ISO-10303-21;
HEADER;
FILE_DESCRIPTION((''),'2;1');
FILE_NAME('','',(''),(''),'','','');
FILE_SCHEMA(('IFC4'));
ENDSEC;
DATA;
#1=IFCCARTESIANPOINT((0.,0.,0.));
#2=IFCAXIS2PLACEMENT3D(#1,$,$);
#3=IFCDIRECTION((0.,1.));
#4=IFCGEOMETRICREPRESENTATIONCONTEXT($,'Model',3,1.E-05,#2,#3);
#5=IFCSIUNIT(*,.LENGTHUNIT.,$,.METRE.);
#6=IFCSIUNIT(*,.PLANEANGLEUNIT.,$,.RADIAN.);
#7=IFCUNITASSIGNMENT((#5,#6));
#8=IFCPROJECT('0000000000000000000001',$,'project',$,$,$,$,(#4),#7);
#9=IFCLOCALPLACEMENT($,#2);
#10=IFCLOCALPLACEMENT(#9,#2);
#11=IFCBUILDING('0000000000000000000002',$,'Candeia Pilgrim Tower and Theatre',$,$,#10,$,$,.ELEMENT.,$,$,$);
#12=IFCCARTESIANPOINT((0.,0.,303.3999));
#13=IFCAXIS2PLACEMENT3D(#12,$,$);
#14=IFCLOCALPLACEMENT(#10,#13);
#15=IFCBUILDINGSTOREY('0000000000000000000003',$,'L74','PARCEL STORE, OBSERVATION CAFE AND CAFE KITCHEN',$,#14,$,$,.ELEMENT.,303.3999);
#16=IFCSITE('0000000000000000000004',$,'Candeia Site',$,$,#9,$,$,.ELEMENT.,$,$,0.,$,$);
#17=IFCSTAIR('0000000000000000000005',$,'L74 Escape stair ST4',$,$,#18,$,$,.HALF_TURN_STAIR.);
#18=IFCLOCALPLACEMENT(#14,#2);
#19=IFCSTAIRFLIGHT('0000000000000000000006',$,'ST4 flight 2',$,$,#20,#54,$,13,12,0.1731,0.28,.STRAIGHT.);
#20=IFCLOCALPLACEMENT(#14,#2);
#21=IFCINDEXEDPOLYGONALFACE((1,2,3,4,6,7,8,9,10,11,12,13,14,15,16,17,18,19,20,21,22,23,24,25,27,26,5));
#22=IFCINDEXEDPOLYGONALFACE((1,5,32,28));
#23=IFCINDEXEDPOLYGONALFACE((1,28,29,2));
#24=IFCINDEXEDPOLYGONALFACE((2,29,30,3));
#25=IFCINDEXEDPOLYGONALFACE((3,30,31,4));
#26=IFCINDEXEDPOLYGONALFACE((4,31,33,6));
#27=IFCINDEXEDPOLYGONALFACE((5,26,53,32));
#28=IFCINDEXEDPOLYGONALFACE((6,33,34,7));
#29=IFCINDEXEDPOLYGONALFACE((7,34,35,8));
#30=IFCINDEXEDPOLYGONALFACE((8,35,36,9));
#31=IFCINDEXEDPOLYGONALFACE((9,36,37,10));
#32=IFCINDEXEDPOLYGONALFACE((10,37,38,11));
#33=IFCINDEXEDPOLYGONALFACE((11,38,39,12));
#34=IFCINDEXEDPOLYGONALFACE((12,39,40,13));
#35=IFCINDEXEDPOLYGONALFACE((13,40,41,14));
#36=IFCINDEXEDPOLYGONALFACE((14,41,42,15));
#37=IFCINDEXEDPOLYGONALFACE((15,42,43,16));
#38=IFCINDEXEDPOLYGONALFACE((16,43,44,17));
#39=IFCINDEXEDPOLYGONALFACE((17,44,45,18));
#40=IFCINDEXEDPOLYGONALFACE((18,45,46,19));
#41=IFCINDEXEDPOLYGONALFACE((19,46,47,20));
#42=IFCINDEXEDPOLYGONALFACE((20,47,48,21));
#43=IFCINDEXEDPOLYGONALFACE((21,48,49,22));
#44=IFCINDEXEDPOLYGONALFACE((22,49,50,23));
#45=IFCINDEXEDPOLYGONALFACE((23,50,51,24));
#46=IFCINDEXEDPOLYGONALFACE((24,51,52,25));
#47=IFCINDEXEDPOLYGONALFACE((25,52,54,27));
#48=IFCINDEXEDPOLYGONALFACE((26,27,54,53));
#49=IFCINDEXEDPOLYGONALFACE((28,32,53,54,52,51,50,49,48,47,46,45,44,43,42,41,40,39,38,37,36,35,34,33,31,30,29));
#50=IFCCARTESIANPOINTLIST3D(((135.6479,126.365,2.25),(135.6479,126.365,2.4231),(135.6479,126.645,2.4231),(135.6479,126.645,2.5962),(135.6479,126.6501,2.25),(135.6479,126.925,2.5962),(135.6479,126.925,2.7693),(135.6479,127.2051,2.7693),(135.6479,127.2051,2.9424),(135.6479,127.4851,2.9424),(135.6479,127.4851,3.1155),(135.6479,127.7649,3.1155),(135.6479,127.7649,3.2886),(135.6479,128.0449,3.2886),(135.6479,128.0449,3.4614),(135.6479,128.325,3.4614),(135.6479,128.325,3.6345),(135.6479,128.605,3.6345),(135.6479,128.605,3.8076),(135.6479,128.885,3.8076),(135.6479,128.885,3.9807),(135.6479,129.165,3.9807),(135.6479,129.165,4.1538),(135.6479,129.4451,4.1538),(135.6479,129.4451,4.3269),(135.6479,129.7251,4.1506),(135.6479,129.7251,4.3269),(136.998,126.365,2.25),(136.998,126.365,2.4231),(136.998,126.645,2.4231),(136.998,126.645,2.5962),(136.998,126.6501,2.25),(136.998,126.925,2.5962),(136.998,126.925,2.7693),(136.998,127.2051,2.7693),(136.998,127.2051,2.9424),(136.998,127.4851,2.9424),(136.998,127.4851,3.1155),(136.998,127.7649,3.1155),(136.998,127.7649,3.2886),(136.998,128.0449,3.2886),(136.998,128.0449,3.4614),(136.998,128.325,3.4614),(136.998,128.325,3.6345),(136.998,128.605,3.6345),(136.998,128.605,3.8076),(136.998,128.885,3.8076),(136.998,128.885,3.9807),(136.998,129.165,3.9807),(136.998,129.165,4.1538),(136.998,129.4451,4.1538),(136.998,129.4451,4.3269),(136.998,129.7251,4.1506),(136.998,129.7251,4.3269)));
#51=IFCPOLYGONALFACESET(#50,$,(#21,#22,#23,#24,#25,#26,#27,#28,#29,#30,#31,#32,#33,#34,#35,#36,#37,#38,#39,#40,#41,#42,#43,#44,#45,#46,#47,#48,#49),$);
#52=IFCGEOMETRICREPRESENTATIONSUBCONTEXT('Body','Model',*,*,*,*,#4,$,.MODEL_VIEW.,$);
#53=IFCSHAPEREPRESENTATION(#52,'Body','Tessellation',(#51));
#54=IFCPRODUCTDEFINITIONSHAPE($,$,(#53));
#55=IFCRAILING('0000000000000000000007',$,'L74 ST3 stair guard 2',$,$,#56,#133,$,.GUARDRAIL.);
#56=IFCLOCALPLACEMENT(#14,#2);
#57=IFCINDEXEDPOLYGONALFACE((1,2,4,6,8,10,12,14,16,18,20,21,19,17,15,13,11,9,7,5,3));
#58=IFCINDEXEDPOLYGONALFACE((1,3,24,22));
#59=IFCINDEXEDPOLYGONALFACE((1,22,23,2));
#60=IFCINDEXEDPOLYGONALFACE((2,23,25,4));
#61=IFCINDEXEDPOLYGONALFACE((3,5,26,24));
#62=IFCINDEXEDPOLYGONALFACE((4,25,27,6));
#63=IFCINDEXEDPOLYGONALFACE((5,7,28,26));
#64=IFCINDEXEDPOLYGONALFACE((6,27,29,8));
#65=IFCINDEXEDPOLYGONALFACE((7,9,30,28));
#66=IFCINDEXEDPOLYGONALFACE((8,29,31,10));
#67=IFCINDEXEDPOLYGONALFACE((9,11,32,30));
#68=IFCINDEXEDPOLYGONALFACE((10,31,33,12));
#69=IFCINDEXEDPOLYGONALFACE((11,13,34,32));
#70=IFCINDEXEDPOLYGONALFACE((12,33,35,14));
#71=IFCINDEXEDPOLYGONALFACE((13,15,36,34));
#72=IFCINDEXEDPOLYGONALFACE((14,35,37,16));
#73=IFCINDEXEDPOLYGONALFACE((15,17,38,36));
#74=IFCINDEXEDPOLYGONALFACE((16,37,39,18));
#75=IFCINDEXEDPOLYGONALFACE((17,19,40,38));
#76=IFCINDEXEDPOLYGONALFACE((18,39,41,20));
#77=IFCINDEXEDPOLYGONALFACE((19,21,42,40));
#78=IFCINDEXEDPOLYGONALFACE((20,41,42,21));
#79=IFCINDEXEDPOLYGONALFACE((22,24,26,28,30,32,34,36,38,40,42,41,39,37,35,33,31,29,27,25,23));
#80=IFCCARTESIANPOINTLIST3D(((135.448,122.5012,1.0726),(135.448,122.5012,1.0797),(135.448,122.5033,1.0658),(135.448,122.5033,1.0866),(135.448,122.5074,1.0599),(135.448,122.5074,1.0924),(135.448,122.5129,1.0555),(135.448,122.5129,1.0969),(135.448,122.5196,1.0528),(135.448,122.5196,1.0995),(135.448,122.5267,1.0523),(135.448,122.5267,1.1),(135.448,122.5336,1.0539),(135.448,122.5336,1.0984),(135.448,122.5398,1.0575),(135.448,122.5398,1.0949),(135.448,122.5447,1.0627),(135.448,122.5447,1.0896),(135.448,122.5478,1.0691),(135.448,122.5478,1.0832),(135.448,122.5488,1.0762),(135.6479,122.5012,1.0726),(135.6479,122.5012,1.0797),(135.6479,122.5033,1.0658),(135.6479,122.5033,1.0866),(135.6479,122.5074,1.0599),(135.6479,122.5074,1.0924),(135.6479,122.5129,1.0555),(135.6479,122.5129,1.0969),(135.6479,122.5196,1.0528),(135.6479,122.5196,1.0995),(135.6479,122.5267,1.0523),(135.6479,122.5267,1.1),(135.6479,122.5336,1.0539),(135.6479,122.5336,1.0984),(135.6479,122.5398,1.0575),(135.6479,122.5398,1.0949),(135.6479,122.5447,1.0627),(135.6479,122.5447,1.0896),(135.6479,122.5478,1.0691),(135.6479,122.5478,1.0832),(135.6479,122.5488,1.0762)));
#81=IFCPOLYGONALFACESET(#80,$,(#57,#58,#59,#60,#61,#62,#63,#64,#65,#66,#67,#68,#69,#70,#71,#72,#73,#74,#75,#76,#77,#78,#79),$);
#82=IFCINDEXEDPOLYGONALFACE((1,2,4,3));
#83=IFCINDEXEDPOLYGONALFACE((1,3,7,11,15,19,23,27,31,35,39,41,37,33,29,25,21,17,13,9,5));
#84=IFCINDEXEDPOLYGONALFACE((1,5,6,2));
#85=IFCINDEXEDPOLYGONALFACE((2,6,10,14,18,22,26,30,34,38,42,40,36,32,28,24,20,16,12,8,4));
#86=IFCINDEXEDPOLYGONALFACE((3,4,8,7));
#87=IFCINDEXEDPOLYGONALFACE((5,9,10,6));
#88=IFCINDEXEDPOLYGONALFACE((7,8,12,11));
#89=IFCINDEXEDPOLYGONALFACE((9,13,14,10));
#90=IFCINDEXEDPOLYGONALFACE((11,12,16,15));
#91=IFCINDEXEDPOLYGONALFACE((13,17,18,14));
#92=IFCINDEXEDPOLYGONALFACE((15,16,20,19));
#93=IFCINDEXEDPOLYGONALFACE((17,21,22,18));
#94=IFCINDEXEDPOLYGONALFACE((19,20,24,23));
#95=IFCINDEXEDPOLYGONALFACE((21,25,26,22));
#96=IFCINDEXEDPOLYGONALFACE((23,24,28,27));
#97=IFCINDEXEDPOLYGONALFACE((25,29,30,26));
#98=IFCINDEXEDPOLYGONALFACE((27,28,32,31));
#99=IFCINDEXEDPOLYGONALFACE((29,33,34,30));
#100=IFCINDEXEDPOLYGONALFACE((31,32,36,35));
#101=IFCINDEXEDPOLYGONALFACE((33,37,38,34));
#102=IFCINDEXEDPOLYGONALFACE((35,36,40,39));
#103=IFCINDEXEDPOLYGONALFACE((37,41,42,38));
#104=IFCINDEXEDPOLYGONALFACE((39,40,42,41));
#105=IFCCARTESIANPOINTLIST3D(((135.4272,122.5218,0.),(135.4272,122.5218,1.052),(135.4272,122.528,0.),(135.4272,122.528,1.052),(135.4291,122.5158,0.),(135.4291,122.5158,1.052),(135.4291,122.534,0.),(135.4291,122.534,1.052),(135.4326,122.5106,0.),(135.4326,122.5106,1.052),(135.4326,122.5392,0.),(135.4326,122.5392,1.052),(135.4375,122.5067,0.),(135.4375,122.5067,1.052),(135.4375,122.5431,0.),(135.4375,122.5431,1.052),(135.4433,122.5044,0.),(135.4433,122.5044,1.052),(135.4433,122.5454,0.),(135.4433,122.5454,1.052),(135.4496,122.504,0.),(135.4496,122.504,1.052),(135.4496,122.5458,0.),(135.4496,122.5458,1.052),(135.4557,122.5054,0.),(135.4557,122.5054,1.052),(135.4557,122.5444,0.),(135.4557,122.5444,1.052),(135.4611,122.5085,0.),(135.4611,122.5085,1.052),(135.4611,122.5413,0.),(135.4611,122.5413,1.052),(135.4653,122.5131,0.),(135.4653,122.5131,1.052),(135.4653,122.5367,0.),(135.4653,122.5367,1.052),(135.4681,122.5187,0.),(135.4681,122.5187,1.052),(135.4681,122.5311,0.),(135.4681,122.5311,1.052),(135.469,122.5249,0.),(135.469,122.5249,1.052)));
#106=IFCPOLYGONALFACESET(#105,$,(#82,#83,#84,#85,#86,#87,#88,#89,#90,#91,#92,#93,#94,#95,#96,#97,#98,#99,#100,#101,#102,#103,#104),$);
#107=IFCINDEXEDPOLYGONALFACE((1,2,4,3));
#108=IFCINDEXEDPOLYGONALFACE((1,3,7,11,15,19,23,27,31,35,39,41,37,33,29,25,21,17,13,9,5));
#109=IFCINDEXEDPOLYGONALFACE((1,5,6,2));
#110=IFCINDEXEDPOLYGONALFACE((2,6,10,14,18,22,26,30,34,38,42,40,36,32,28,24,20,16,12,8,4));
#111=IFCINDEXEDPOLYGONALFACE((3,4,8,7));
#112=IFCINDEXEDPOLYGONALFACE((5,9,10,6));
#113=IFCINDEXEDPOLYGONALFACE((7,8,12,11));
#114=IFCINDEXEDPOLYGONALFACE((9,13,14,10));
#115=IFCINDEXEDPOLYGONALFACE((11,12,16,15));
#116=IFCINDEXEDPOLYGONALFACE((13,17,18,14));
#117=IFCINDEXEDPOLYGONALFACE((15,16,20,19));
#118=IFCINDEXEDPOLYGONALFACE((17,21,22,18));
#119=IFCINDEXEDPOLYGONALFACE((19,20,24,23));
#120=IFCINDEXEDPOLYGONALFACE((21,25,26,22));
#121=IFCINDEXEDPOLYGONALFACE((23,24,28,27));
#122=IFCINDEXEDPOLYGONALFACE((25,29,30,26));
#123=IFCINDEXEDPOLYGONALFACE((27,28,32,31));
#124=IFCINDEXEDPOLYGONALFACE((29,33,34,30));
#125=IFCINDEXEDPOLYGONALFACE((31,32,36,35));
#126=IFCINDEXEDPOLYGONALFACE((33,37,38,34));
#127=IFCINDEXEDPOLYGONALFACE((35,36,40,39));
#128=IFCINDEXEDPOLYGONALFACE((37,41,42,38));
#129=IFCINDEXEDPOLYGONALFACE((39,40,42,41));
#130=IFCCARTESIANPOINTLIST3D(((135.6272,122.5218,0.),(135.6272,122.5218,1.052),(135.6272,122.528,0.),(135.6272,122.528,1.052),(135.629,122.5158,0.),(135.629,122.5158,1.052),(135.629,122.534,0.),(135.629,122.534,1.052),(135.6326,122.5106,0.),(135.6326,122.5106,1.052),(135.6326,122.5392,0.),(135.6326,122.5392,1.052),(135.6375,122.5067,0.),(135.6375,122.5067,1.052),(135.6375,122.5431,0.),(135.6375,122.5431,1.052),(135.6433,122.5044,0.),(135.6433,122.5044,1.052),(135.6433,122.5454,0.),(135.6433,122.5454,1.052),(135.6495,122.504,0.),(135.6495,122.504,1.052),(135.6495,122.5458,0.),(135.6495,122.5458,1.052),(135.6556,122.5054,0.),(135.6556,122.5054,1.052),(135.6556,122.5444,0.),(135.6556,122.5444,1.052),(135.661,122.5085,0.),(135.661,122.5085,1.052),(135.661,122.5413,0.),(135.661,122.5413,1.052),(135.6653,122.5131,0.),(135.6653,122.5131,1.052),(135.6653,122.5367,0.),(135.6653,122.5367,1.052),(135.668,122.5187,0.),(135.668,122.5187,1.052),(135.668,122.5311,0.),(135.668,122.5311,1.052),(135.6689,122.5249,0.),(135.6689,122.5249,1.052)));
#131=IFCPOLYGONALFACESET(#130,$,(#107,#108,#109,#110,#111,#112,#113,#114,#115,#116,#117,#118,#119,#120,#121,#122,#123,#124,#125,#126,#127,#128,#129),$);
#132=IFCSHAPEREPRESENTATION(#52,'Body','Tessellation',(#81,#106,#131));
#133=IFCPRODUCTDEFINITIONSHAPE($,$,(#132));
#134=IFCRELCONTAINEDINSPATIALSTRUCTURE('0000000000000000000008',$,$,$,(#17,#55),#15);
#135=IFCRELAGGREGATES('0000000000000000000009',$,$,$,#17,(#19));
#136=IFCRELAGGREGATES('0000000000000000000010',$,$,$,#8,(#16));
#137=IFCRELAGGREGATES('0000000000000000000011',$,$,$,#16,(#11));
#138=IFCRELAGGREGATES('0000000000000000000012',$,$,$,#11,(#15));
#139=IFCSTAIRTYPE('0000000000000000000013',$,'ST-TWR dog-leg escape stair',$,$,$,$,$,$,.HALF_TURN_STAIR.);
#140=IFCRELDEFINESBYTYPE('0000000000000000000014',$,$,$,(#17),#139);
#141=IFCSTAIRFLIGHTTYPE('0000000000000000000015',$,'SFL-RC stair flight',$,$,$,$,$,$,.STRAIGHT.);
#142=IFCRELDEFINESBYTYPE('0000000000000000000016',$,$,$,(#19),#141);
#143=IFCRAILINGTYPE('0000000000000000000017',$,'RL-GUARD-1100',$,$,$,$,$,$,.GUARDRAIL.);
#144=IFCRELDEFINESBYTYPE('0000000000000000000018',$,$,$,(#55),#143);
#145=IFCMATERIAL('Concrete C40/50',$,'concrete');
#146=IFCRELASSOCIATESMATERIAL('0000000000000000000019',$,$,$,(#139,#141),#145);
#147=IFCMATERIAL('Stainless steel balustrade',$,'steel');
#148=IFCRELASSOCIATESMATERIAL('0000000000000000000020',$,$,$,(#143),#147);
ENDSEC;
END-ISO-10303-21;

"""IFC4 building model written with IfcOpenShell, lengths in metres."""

from ifc_helpers import new_model, si_unit, direction, frame, origin, origin_2d, place, context, subcontext, project, spatial, polyline, circle, outline, extrude, material, type_object, element, aggregate, save


model = new_model("IFC4")

# Units and contexts
model_context = context("Model", 3, precision=1e-05, world=origin(), true_north=direction((0.0, 1.0)))
body_context = subcontext(model_context, "Body", "Model", "MODEL_VIEW")
ifc_project = project(units=[si_unit("LENGTHUNIT", "METRE"), si_unit("PLANEANGLEUNIT", "RADIAN")], contexts=[model_context])

# Site, building, storey
site_placement = place(None, origin())
site = spatial("IfcSite", under=ifc_project, at=site_placement, Name="Candeia Site", CompositionType="ELEMENT", RefElevation=0.0)
building_placement = place(site_placement, origin())
building = spatial("IfcBuilding", under=site, at=building_placement, Name="Candeia Pilgrim Tower and Theatre", CompositionType="ELEMENT")
storey_placement = place(building_placement, frame((0.0, 0.0, 303.3999)))
storey = spatial("IfcBuildingStorey", under=building, at=storey_placement, Name="L74", Description="PARCEL STORE, OBSERVATION CAFE AND CAFE KITCHEN", CompositionType="ELEMENT", Elevation=303.3999)

# Shared definitions
ifc_material_1 = material(Name="Concrete C40/50", Category="concrete")

# Shared definitions
stair_type = type_object("IfcStairType", Name="ST-TWR dog-leg escape stair", PredefinedType="HALF_TURN_STAIR", material=ifc_material_1)
stair_flight_type = type_object("IfcStairFlightType", Name="SFL-RC stair flight", PredefinedType="STRAIGHT", material=ifc_material_1)

# Stair, stair flight
stair_1_placement = place(storey_placement, origin())
stair_1 = element("IfcStair", 1, at=stair_1_placement, inside=storey, type_object=stair_type, Name="L74 Escape stair ST4", PredefinedType="HALF_TURN_STAIR")
stair_flight_1_placement = place(storey_placement, frame((136.323, 126.365, 2.25), z_axis=(0.0, 0.0, 1.0), x_axis=(0.0, 1.0, 0.0)))
stair_flight_1 = element("IfcStairFlight", 2, at=stair_flight_1_placement, type_object=stair_flight_type, Name="ST4 flight 2", NumberOfRisers=13, NumberOfTreads=12, PredefinedType="STRAIGHT", RiserHeight=0.1731, TreadLength=0.28, context=body_context, shape_type="SweptSolid", body=[
    extrude(outline(polyline([(0.0, 0.0), (0.0, 0.1731), (0.28, 0.1731), (0.28, 0.3462), (0.5601, 0.3462), (0.5601, 0.5193), (0.8401, 0.5193), (0.8401, 0.6924), (1.1201, 0.6924), (1.1201, 0.8655), (1.3999, 0.8655), (1.3999, 1.0386), (1.6799, 1.0386), (1.6799, 1.2114), (1.96, 1.2114), (1.96, 1.3845), (2.24, 1.3845), (2.24, 1.5576), (2.52, 1.5576), (2.52, 1.7307), (2.8, 1.7307), (2.8, 1.9038), (3.0801, 1.9038), (3.0801, 2.0769), (3.3601, 2.0769), (3.3601, 2.25), (3.3601, 1.9006), (0.2852, 0.0), (0.0, 0.0)])), frame((0.0, 0.675, 0.0), z_axis=(0.0, -1.0, 0.0), x_axis=(1.0, 0.0, 0.0)), (0.0, 0.0, 1.0), 1.3501),
])
aggregate(stair_1, [stair_flight_1])

# Railing
ifc_material_2 = material(Name="Stainless steel balustrade", Category="steel")
railing_type_1 = type_object("IfcRailingType", Name="RL-GUARD-1100", PredefinedType="GUARDRAIL", material=ifc_material_2)
railing_1_placement = place(storey_placement, frame((135.448, 122.5249, 0.0)))
element("IfcRailing", 3, at=railing_1_placement, inside=storey, type_object=railing_type_1, Name="L74 ST3 stair guard 2", PredefinedType="GUARDRAIL", context=body_context, shape_type="SweptSolid", body=[
    extrude(circle(Radius=0.0239, at=origin_2d()), frame((0.0, 0.0, 1.0762), z_axis=(1.0, 0.0, 0.0), x_axis=(0.0, 1.0, 0.0)), (0.0, 0.0, 1.0), 0.2),
    extrude(circle(Radius=0.021, at=origin_2d()), origin(), (0.0, 0.0, 1.0), 1.052),
    extrude(circle(Radius=0.021, at=origin_2d()), frame((0.2, 0.0, 0.0)), (0.0, 0.0, 1.0), 1.052),
])

save(model, "model.ifc")
